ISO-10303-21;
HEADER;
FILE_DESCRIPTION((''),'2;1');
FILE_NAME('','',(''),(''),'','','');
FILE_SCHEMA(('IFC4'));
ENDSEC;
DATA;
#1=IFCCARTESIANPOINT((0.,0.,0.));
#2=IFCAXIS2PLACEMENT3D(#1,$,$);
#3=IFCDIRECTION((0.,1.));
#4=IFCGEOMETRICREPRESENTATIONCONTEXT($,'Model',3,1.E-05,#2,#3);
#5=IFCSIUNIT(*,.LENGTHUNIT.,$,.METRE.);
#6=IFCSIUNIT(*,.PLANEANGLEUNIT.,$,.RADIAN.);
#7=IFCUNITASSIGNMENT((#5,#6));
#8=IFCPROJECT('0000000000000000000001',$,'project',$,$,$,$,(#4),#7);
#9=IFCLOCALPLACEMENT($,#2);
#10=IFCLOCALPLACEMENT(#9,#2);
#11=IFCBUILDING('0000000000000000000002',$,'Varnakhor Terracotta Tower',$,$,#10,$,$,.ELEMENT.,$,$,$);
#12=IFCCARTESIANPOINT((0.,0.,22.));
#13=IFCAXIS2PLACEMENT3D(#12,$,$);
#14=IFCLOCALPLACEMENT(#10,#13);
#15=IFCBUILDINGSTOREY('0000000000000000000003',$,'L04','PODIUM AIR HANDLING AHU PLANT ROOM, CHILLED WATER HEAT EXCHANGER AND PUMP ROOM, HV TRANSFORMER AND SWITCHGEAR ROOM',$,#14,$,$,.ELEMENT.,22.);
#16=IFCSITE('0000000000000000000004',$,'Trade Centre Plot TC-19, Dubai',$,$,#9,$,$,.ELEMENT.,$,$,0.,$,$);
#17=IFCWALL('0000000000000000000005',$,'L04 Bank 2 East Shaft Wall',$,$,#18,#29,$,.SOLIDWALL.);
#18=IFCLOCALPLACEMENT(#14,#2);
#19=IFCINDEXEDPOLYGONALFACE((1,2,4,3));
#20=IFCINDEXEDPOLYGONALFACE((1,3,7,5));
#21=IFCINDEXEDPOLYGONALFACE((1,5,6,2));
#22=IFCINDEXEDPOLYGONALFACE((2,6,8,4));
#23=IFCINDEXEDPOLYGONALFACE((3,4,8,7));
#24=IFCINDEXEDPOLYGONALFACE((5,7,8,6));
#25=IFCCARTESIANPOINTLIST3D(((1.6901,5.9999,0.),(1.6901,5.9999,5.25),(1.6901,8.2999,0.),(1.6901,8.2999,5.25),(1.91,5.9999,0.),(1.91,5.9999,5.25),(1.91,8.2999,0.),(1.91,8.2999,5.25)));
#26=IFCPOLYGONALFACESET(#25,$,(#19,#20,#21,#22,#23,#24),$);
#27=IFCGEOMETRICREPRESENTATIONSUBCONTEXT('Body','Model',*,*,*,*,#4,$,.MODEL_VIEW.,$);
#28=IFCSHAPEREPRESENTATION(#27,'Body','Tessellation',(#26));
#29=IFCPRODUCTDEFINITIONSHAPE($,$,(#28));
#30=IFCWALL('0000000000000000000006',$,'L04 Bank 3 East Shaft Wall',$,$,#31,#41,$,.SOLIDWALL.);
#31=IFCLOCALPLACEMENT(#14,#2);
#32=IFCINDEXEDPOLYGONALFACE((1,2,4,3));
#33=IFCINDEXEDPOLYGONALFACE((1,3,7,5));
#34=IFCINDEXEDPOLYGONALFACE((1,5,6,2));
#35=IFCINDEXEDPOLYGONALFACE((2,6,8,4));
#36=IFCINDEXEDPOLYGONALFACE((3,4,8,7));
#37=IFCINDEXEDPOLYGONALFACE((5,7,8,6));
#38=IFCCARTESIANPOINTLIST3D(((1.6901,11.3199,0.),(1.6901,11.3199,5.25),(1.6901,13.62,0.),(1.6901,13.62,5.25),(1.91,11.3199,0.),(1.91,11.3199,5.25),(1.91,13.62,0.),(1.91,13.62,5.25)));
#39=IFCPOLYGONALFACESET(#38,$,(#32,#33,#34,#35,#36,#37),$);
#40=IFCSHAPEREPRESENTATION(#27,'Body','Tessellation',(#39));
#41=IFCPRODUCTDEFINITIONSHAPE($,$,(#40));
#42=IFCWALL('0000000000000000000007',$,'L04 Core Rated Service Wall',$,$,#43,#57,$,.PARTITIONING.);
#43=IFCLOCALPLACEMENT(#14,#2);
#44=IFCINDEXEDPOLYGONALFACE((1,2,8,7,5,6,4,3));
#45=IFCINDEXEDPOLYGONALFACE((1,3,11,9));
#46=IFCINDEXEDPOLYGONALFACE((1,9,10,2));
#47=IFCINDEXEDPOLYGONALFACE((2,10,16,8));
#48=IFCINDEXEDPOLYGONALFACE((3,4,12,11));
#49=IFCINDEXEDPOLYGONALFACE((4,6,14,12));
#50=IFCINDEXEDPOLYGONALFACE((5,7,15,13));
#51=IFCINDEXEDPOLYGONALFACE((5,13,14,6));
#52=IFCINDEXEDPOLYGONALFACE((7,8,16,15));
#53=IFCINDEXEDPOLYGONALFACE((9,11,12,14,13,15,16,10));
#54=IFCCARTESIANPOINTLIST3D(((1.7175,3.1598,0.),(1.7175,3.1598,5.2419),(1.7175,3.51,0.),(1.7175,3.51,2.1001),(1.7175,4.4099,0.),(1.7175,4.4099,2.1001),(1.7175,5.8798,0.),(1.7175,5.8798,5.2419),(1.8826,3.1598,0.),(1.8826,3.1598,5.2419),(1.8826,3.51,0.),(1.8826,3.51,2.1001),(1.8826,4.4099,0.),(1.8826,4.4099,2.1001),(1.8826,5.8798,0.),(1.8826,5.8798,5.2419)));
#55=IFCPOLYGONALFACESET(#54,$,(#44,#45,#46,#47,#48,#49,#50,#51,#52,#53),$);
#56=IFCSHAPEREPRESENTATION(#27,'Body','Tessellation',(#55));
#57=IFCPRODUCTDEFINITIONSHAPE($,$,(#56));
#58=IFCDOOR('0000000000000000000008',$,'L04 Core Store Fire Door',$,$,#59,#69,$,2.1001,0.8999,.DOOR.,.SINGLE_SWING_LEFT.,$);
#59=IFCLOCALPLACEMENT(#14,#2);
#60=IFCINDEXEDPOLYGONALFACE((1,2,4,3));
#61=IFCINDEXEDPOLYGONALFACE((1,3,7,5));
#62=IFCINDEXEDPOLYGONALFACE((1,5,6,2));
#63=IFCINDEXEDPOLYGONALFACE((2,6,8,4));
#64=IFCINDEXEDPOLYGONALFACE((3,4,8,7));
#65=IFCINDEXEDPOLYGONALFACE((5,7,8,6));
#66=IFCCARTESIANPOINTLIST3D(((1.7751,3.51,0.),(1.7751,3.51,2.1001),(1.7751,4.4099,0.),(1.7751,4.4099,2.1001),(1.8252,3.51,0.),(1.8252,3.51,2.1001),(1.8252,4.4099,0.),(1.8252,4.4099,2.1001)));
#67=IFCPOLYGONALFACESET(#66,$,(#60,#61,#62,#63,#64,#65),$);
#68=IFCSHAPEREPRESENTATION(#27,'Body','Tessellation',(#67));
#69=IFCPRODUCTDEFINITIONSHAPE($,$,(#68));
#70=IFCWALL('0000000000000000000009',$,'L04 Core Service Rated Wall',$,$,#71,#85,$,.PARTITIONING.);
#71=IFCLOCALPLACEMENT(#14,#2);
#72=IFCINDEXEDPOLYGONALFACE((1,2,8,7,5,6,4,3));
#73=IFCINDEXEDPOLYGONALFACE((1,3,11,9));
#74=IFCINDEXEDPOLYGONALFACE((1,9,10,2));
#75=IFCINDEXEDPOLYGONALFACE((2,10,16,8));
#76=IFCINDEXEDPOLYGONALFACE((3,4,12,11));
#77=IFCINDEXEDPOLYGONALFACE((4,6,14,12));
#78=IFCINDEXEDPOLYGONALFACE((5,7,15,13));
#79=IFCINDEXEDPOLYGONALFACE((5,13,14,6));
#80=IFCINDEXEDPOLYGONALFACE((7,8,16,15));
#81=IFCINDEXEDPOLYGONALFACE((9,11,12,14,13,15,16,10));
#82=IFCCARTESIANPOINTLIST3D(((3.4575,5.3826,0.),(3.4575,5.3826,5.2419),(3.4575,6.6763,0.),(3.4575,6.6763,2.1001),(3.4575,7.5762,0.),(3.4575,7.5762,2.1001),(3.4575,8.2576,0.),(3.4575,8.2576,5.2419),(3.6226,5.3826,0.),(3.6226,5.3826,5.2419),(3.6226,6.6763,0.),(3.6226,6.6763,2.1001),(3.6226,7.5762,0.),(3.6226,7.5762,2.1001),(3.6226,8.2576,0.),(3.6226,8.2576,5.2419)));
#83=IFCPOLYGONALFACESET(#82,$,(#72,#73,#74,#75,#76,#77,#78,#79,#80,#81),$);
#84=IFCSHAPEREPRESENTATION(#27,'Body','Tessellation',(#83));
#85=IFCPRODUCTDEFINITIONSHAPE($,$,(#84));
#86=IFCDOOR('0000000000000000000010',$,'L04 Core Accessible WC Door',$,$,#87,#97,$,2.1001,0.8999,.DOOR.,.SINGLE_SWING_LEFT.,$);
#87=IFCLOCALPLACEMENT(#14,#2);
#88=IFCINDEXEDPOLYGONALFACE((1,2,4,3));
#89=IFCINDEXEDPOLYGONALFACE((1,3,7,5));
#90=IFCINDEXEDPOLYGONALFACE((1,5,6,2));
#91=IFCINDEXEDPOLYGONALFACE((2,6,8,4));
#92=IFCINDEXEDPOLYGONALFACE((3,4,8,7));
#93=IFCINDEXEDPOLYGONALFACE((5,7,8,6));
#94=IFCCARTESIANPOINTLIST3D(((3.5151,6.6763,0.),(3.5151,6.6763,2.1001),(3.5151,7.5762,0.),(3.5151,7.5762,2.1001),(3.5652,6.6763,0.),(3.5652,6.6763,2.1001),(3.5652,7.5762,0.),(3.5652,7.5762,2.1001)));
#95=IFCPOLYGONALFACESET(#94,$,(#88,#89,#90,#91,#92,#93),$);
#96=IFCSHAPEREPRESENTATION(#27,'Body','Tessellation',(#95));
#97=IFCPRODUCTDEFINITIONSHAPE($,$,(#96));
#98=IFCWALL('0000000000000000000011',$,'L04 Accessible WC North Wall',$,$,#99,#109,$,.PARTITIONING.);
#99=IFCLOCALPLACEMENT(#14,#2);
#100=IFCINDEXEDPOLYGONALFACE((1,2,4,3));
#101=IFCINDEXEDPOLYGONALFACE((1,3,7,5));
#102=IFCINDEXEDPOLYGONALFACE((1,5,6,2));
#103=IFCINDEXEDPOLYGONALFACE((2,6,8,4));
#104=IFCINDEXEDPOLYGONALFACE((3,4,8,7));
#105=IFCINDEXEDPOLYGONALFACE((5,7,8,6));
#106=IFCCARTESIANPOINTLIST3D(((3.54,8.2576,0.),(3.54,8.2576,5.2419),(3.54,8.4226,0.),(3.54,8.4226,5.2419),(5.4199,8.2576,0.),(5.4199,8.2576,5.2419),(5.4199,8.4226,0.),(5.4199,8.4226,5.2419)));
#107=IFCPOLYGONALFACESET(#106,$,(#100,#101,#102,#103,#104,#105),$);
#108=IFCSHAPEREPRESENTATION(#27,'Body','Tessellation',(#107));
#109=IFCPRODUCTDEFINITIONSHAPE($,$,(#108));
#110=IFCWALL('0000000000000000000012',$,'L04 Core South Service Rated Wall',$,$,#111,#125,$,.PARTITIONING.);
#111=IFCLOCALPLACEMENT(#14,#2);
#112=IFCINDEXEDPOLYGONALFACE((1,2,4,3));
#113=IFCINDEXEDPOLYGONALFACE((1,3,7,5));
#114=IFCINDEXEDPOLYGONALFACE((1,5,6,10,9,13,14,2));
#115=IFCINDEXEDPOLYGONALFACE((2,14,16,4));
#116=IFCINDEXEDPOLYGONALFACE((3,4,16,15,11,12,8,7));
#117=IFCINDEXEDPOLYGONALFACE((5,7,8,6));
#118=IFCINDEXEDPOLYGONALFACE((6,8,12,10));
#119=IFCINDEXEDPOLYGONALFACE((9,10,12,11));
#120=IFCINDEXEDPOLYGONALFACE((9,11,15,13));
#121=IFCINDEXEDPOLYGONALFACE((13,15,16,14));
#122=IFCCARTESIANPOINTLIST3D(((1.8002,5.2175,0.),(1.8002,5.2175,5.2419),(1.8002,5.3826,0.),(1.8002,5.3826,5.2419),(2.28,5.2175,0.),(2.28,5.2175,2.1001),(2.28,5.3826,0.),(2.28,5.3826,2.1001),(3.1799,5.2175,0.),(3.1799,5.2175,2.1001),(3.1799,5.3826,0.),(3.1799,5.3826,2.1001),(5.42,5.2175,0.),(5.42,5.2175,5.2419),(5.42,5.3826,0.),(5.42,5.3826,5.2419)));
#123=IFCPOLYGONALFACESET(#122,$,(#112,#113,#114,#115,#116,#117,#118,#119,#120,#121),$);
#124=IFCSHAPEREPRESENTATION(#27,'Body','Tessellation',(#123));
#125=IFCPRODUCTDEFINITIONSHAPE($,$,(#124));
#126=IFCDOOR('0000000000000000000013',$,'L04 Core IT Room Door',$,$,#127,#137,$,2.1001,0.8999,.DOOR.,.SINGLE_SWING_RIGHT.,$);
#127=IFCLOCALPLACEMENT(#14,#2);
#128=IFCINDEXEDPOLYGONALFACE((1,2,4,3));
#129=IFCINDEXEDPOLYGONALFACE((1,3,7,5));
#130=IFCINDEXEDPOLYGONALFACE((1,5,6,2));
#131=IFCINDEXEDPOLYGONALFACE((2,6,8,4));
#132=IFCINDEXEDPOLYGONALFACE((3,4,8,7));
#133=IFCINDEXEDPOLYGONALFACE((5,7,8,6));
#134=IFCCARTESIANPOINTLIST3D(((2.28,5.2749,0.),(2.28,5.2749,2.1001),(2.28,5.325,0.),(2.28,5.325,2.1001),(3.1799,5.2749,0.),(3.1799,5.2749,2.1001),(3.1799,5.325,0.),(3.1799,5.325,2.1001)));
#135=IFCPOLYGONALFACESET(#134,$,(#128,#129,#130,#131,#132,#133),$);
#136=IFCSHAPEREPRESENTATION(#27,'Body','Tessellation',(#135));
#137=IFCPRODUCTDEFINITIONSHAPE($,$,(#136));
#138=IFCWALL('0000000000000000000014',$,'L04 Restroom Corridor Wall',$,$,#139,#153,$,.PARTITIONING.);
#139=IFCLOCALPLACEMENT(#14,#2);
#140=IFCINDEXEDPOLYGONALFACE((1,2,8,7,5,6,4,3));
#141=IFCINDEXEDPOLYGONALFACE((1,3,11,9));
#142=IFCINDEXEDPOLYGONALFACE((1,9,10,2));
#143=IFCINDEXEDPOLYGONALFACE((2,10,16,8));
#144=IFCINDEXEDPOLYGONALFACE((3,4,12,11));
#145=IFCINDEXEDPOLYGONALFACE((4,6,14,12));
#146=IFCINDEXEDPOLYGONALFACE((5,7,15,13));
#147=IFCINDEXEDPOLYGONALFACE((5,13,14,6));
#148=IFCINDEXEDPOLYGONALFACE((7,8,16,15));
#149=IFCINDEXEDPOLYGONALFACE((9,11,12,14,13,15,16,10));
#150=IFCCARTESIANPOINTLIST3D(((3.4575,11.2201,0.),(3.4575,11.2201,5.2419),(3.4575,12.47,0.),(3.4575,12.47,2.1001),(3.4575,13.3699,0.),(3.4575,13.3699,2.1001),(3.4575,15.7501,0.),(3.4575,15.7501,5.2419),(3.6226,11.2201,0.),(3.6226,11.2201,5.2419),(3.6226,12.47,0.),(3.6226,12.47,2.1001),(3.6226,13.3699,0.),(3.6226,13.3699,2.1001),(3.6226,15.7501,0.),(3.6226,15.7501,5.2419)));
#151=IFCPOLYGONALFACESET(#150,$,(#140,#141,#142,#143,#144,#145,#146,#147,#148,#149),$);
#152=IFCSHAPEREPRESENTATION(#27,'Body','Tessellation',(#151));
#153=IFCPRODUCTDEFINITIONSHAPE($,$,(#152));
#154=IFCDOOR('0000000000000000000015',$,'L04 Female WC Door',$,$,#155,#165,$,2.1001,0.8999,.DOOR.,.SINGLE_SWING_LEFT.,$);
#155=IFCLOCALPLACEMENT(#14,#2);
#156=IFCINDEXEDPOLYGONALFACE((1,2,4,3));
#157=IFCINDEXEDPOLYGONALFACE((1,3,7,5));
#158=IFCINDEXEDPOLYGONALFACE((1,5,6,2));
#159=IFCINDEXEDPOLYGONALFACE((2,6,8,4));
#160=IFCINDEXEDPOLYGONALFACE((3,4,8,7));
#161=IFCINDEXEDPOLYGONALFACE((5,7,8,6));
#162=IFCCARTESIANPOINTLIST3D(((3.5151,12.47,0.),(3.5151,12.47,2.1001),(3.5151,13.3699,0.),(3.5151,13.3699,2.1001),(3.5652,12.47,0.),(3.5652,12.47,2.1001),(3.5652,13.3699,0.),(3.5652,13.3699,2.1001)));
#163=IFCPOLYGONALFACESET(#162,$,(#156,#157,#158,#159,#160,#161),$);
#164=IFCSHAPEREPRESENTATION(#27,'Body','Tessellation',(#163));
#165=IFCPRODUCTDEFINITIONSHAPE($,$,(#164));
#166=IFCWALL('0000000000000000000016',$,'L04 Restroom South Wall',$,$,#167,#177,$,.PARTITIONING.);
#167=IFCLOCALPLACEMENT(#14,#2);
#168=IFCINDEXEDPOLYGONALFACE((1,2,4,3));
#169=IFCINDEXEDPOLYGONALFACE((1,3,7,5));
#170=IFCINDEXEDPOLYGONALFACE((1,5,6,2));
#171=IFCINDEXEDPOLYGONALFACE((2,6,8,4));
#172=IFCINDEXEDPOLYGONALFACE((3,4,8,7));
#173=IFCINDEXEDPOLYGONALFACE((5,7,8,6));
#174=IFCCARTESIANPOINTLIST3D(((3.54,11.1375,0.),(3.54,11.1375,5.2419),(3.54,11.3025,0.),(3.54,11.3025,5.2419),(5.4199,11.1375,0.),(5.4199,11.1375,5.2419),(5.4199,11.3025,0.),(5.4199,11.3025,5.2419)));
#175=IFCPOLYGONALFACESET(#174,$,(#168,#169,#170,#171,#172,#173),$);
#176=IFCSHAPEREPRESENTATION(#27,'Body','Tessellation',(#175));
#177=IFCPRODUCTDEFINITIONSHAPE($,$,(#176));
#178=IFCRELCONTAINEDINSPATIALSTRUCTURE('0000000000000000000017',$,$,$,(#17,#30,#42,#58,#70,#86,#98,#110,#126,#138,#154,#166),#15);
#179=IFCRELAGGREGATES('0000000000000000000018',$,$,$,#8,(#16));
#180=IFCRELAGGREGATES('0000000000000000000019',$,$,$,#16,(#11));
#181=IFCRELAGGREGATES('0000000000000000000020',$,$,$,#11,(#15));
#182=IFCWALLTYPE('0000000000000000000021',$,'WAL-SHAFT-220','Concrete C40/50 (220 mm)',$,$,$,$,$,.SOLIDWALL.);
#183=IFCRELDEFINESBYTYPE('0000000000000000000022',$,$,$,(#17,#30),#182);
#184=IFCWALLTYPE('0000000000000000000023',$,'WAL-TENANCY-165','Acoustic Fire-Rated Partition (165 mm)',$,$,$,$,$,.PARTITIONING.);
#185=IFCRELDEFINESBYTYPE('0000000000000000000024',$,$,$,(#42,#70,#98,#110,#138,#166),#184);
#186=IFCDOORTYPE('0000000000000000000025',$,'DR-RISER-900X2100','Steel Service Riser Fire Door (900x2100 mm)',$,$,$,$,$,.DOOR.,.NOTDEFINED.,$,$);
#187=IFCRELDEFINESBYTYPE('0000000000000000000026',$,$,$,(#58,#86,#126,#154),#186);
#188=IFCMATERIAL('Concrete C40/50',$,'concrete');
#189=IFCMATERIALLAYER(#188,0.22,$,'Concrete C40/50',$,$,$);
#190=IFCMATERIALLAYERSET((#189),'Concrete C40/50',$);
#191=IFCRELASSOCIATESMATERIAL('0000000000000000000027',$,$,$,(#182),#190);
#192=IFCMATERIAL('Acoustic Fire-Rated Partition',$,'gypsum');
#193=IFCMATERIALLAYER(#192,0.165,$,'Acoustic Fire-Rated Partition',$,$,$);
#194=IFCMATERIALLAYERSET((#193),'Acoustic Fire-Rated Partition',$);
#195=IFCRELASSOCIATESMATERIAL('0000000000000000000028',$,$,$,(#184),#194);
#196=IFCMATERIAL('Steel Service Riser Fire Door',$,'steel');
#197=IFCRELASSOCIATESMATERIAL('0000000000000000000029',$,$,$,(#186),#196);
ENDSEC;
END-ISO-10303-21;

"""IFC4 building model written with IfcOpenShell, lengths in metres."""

from ifc_helpers import new_model, si_unit, direction, frame, frame_2d, origin, place, context, subcontext, project, spatial, rectangle, extrude, source, transform, mapped, material, layer, layer_set, type_object, type_shapes, element, fill, save


model = new_model("IFC4")

# Units and contexts
model_context = context("Model", 3, precision=1e-05, world=origin(), true_north=direction((0.0, 1.0)))
body_context = subcontext(model_context, "Body", "Model", "MODEL_VIEW")
ifc_project = project(units=[si_unit("LENGTHUNIT", "METRE"), si_unit("PLANEANGLEUNIT", "RADIAN")], contexts=[model_context])

# Site, building, storey
site_placement = place(None, origin())
site = spatial("IfcSite", under=ifc_project, at=site_placement, Name="Trade Centre Plot TC-19, Dubai", CompositionType="ELEMENT", RefElevation=0.0)
building_placement = place(site_placement, origin())
building = spatial("IfcBuilding", under=site, at=building_placement, Name="Varnakhor Terracotta Tower", CompositionType="ELEMENT")
storey_placement = place(building_placement, frame((0.0, 0.0, 22.0)))
storey = spatial("IfcBuildingStorey", under=building, at=storey_placement, Name="L04", Description="PODIUM AIR HANDLING AHU PLANT ROOM, CHILLED WATER HEAT EXCHANGER AND PUMP ROOM, HV TRANSFORMER AND SWITCHGEAR ROOM", CompositionType="ELEMENT", Elevation=22.0)

# Shared definitions
ifc_material_1 = material(Name="Concrete C40/50", Category="concrete")

# Walls
ifc_layer_1 = layer(ifc_material_1, 0.22, Name="Concrete C40/50")
ifc_layer_set_1 = layer_set([ifc_layer_1], Name="Concrete C40/50")
wall_type_1 = type_object("IfcWallType", Name="WAL-SHAFT-220", Description="Concrete C40/50 (220 mm)", PredefinedType="SOLIDWALL", material=ifc_layer_set_1)
for number, where, z_axis, x_axis, name in (
    (1, (1.8, 6.0, 0.0), (0.0, 0.0, 1.0), (0.0, 1.0, 0.0), "L04 Bank 2 East Shaft Wall"),
    (2, (1.8, 11.3201, 0.0), (0.0, 0.0, 1.0), (0.0, 1.0, 0.0), "L04 Bank 3 East Shaft Wall"),
):
    element("IfcWall", number, at=place(storey_placement, frame(where, z_axis=z_axis, x_axis=x_axis)), inside=storey, type_object=wall_type_1, Name=name, PredefinedType="SOLIDWALL", context=body_context, shape_type="SweptSolid", body=[
        extrude(rectangle(XDim=2.3, YDim=0.22, at=frame_2d((1.1499, 0.0))), origin(), (0.0, 0.0, 1.0), 5.25),
    ])

# Walls, openings, doors
ifc_material_2 = material(Name="Acoustic Fire-Rated Partition", Category="gypsum")
ifc_layer_2 = layer(ifc_material_2, 0.165, Name="Acoustic Fire-Rated Partition")
ifc_layer_set_2 = layer_set([ifc_layer_2], Name="Acoustic Fire-Rated Partition")
wall_type_2 = type_object("IfcWallType", Name="WAL-TENANCY-165", Description="Acoustic Fire-Rated Partition (165 mm)", PredefinedType="PARTITIONING", material=ifc_layer_set_2)
wall_1_placement = place(storey_placement, frame((1.8, 3.1599, 0.0), z_axis=(0.0, 0.0, 1.0), x_axis=(0.0, 1.0, 0.0)))
wall_1 = element("IfcWall", 3, at=wall_1_placement, inside=storey, type_object=wall_type_2, Name="L04 Core Rated Service Wall", PredefinedType="PARTITIONING", context=body_context, shape_type="SweptSolid", body=[
    extrude(rectangle(XDim=2.72, YDim=0.165, at=frame_2d((1.3599, 0.0))), origin(), (0.0, 0.0, 1.0), 5.2419),
])
opening_1_placement = place(wall_1_placement, frame((0.3501, 0.0, 0.0)))
opening_1 = element("IfcOpeningElement", 4, at=opening_1_placement, cuts=wall_1, PredefinedType="OPENING", context=body_context, shape_type="SweptSolid", body=[
    extrude(rectangle(XDim=0.8999, YDim=2.1001, at=frame_2d((0.45, 1.05))), frame((0.0, 0.0925, 0.0), z_axis=(0.0, -1.0, 0.0), x_axis=(1.0, 0.0, 0.0)), (0.0, 0.0, 1.0), 0.1851),
])
ifc_material_3 = material(Name="Steel Service Riser Fire Door", Category="steel")
door_type_1 = type_object("IfcDoorType", Name="DR-RISER-900X2100", Description="Steel Service Riser Fire Door (900x2100 mm)", OperationType="NOTDEFINED", PredefinedType="DOOR", material=ifc_material_3)
shared_shape_1 = source(origin(), body_context, "Body", "SweptSolid", [
    extrude(rectangle(XDim=0.8999, YDim=2.1001, at=frame_2d((0.45, 1.05))), frame((0.0, 0.0249, 0.0), z_axis=(0.0, -1.0, 0.0), x_axis=(1.0, 0.0, 0.0)), (0.0, 0.0, 1.0), 0.05),
])
type_shapes(door_type_1, [shared_shape_1])
door_1_placement = place(opening_1_placement, origin())
door_1 = element("IfcDoor", 5, at=door_1_placement, inside=storey, type_object=door_type_1, Name="L04 Core Store Fire Door", OperationType="SINGLE_SWING_LEFT", OverallHeight=2.1001, OverallWidth=0.8999, PredefinedType="DOOR", context=body_context, shape_type="MappedRepresentation", body=[
    mapped(shared_shape_1, transform((0.0, 0.0, 0.0), scale=1.0)),
])
fill(opening_1, door_1)
wall_2_placement = place(storey_placement, frame((3.54, 5.3826, 0.0), z_axis=(0.0, 0.0, 1.0), x_axis=(0.0, 1.0, 0.0)))
wall_2 = element("IfcWall", 6, at=wall_2_placement, inside=storey, type_object=wall_type_2, Name="L04 Core Service Rated Wall", PredefinedType="PARTITIONING", context=body_context, shape_type="SweptSolid", body=[
    extrude(rectangle(XDim=2.875, YDim=0.165, at=frame_2d((1.4375, 0.0))), origin(), (0.0, 0.0, 1.0), 5.2419),
])
opening_2_placement = place(wall_2_placement, frame((1.2937, 0.0, 0.0)))
opening_2 = element("IfcOpeningElement", 7, at=opening_2_placement, cuts=wall_2, PredefinedType="OPENING", context=body_context, shape_type="SweptSolid", body=[
    extrude(rectangle(XDim=0.8999, YDim=2.1001, at=frame_2d((0.45, 1.05))), frame((0.0, 0.0925, 0.0), z_axis=(0.0, -1.0, 0.0), x_axis=(1.0, 0.0, 0.0)), (0.0, 0.0, 1.0), 0.1851),
])
door_2_placement = place(opening_2_placement, origin())
door_2 = element("IfcDoor", 8, at=door_2_placement, inside=storey, type_object=door_type_1, Name="L04 Core Accessible WC Door", OperationType="SINGLE_SWING_LEFT", OverallHeight=2.1001, OverallWidth=0.8999, PredefinedType="DOOR", context=body_context, shape_type="MappedRepresentation", body=[
    mapped(shared_shape_1, transform((0.0, 0.0, 0.0), scale=1.0)),
])
fill(opening_2, door_2)

# Wall
wall_3_placement = place(storey_placement, frame((3.54, 8.3401, 0.0), z_axis=(0.0, 0.0, 1.0), x_axis=(1.0, 0.0, 0.0)))
element("IfcWall", 9, at=wall_3_placement, inside=storey, type_object=wall_type_2, Name="L04 Accessible WC North Wall", PredefinedType="PARTITIONING", context=body_context, shape_type="SweptSolid", body=[
    extrude(rectangle(XDim=1.8799, YDim=0.165, at=frame_2d((0.9399, 0.0))), origin(), (0.0, 0.0, 1.0), 5.2419),
])

# Walls, openings, doors
wall_4_placement = place(storey_placement, frame((1.8, 5.3, 0.0), z_axis=(0.0, 0.0, 1.0), x_axis=(1.0, 0.0, 0.0)))
wall_4 = element("IfcWall", 10, at=wall_4_placement, inside=storey, type_object=wall_type_2, Name="L04 Core South Service Rated Wall", PredefinedType="PARTITIONING", context=body_context, shape_type="SweptSolid", body=[
    extrude(rectangle(XDim=3.6199, YDim=0.165, at=frame_2d((1.8101, 0.0))), origin(), (0.0, 0.0, 1.0), 5.2419),
])
opening_3_placement = place(wall_4_placement, frame((0.48, 0.0, 0.0)))
opening_3 = element("IfcOpeningElement", 11, at=opening_3_placement, cuts=wall_4, PredefinedType="OPENING", context=body_context, shape_type="SweptSolid", body=[
    extrude(rectangle(XDim=0.8999, YDim=2.1001, at=frame_2d((0.45, 1.05))), frame((0.0, 0.0925, 0.0), z_axis=(0.0, -1.0, 0.0), x_axis=(1.0, 0.0, 0.0)), (0.0, 0.0, 1.0), 0.1851),
])
door_3_placement = place(opening_3_placement, origin())
door_3 = element("IfcDoor", 12, at=door_3_placement, inside=storey, type_object=door_type_1, Name="L04 Core IT Room Door", OperationType="SINGLE_SWING_RIGHT", OverallHeight=2.1001, OverallWidth=0.8999, PredefinedType="DOOR", context=body_context, shape_type="MappedRepresentation", body=[
    mapped(shared_shape_1, transform((0.0, 0.0, 0.0), scale=1.0)),
])
fill(opening_3, door_3)
wall_5_placement = place(storey_placement, frame((3.54, 11.22, 0.0), z_axis=(0.0, 0.0, 1.0), x_axis=(0.0, 1.0, 0.0)))
wall_5 = element("IfcWall", 13, at=wall_5_placement, inside=storey, type_object=wall_type_2, Name="L04 Restroom Corridor Wall", PredefinedType="PARTITIONING", context=body_context, shape_type="SweptSolid", body=[
    extrude(rectangle(XDim=4.53, YDim=0.165, at=frame_2d((2.2651, 0.0))), origin(), (0.0, 0.0, 1.0), 5.2419),
])
opening_4_placement = place(wall_5_placement, frame((1.25, 0.0, 0.0)))
opening_4 = element("IfcOpeningElement", 14, at=opening_4_placement, cuts=wall_5, PredefinedType="OPENING", context=body_context, shape_type="SweptSolid", body=[
    extrude(rectangle(XDim=0.8999, YDim=2.1001, at=frame_2d((0.45, 1.05))), frame((0.0, 0.0925, 0.0), z_axis=(0.0, -1.0, 0.0), x_axis=(1.0, 0.0, 0.0)), (0.0, 0.0, 1.0), 0.1851),
])
door_4_placement = place(opening_4_placement, origin())
door_4 = element("IfcDoor", 15, at=door_4_placement, inside=storey, type_object=door_type_1, Name="L04 Female WC Door", OperationType="SINGLE_SWING_LEFT", OverallHeight=2.1001, OverallWidth=0.8999, PredefinedType="DOOR", context=body_context, shape_type="MappedRepresentation", body=[
    mapped(shared_shape_1, transform((0.0, 0.0, 0.0), scale=1.0)),
])
fill(opening_4, door_4)

# Wall
wall_6_placement = place(storey_placement, frame((3.54, 11.22, 0.0), z_axis=(0.0, 0.0, 1.0), x_axis=(1.0, 0.0, 0.0)))
element("IfcWall", 16, at=wall_6_placement, inside=storey, type_object=wall_type_2, Name="L04 Restroom South Wall", PredefinedType="PARTITIONING", context=body_context, shape_type="SweptSolid", body=[
    extrude(rectangle(XDim=1.8799, YDim=0.165, at=frame_2d((0.9399, 0.0))), origin(), (0.0, 0.0, 1.0), 5.2419),
])

save(model, "model.ifc")
